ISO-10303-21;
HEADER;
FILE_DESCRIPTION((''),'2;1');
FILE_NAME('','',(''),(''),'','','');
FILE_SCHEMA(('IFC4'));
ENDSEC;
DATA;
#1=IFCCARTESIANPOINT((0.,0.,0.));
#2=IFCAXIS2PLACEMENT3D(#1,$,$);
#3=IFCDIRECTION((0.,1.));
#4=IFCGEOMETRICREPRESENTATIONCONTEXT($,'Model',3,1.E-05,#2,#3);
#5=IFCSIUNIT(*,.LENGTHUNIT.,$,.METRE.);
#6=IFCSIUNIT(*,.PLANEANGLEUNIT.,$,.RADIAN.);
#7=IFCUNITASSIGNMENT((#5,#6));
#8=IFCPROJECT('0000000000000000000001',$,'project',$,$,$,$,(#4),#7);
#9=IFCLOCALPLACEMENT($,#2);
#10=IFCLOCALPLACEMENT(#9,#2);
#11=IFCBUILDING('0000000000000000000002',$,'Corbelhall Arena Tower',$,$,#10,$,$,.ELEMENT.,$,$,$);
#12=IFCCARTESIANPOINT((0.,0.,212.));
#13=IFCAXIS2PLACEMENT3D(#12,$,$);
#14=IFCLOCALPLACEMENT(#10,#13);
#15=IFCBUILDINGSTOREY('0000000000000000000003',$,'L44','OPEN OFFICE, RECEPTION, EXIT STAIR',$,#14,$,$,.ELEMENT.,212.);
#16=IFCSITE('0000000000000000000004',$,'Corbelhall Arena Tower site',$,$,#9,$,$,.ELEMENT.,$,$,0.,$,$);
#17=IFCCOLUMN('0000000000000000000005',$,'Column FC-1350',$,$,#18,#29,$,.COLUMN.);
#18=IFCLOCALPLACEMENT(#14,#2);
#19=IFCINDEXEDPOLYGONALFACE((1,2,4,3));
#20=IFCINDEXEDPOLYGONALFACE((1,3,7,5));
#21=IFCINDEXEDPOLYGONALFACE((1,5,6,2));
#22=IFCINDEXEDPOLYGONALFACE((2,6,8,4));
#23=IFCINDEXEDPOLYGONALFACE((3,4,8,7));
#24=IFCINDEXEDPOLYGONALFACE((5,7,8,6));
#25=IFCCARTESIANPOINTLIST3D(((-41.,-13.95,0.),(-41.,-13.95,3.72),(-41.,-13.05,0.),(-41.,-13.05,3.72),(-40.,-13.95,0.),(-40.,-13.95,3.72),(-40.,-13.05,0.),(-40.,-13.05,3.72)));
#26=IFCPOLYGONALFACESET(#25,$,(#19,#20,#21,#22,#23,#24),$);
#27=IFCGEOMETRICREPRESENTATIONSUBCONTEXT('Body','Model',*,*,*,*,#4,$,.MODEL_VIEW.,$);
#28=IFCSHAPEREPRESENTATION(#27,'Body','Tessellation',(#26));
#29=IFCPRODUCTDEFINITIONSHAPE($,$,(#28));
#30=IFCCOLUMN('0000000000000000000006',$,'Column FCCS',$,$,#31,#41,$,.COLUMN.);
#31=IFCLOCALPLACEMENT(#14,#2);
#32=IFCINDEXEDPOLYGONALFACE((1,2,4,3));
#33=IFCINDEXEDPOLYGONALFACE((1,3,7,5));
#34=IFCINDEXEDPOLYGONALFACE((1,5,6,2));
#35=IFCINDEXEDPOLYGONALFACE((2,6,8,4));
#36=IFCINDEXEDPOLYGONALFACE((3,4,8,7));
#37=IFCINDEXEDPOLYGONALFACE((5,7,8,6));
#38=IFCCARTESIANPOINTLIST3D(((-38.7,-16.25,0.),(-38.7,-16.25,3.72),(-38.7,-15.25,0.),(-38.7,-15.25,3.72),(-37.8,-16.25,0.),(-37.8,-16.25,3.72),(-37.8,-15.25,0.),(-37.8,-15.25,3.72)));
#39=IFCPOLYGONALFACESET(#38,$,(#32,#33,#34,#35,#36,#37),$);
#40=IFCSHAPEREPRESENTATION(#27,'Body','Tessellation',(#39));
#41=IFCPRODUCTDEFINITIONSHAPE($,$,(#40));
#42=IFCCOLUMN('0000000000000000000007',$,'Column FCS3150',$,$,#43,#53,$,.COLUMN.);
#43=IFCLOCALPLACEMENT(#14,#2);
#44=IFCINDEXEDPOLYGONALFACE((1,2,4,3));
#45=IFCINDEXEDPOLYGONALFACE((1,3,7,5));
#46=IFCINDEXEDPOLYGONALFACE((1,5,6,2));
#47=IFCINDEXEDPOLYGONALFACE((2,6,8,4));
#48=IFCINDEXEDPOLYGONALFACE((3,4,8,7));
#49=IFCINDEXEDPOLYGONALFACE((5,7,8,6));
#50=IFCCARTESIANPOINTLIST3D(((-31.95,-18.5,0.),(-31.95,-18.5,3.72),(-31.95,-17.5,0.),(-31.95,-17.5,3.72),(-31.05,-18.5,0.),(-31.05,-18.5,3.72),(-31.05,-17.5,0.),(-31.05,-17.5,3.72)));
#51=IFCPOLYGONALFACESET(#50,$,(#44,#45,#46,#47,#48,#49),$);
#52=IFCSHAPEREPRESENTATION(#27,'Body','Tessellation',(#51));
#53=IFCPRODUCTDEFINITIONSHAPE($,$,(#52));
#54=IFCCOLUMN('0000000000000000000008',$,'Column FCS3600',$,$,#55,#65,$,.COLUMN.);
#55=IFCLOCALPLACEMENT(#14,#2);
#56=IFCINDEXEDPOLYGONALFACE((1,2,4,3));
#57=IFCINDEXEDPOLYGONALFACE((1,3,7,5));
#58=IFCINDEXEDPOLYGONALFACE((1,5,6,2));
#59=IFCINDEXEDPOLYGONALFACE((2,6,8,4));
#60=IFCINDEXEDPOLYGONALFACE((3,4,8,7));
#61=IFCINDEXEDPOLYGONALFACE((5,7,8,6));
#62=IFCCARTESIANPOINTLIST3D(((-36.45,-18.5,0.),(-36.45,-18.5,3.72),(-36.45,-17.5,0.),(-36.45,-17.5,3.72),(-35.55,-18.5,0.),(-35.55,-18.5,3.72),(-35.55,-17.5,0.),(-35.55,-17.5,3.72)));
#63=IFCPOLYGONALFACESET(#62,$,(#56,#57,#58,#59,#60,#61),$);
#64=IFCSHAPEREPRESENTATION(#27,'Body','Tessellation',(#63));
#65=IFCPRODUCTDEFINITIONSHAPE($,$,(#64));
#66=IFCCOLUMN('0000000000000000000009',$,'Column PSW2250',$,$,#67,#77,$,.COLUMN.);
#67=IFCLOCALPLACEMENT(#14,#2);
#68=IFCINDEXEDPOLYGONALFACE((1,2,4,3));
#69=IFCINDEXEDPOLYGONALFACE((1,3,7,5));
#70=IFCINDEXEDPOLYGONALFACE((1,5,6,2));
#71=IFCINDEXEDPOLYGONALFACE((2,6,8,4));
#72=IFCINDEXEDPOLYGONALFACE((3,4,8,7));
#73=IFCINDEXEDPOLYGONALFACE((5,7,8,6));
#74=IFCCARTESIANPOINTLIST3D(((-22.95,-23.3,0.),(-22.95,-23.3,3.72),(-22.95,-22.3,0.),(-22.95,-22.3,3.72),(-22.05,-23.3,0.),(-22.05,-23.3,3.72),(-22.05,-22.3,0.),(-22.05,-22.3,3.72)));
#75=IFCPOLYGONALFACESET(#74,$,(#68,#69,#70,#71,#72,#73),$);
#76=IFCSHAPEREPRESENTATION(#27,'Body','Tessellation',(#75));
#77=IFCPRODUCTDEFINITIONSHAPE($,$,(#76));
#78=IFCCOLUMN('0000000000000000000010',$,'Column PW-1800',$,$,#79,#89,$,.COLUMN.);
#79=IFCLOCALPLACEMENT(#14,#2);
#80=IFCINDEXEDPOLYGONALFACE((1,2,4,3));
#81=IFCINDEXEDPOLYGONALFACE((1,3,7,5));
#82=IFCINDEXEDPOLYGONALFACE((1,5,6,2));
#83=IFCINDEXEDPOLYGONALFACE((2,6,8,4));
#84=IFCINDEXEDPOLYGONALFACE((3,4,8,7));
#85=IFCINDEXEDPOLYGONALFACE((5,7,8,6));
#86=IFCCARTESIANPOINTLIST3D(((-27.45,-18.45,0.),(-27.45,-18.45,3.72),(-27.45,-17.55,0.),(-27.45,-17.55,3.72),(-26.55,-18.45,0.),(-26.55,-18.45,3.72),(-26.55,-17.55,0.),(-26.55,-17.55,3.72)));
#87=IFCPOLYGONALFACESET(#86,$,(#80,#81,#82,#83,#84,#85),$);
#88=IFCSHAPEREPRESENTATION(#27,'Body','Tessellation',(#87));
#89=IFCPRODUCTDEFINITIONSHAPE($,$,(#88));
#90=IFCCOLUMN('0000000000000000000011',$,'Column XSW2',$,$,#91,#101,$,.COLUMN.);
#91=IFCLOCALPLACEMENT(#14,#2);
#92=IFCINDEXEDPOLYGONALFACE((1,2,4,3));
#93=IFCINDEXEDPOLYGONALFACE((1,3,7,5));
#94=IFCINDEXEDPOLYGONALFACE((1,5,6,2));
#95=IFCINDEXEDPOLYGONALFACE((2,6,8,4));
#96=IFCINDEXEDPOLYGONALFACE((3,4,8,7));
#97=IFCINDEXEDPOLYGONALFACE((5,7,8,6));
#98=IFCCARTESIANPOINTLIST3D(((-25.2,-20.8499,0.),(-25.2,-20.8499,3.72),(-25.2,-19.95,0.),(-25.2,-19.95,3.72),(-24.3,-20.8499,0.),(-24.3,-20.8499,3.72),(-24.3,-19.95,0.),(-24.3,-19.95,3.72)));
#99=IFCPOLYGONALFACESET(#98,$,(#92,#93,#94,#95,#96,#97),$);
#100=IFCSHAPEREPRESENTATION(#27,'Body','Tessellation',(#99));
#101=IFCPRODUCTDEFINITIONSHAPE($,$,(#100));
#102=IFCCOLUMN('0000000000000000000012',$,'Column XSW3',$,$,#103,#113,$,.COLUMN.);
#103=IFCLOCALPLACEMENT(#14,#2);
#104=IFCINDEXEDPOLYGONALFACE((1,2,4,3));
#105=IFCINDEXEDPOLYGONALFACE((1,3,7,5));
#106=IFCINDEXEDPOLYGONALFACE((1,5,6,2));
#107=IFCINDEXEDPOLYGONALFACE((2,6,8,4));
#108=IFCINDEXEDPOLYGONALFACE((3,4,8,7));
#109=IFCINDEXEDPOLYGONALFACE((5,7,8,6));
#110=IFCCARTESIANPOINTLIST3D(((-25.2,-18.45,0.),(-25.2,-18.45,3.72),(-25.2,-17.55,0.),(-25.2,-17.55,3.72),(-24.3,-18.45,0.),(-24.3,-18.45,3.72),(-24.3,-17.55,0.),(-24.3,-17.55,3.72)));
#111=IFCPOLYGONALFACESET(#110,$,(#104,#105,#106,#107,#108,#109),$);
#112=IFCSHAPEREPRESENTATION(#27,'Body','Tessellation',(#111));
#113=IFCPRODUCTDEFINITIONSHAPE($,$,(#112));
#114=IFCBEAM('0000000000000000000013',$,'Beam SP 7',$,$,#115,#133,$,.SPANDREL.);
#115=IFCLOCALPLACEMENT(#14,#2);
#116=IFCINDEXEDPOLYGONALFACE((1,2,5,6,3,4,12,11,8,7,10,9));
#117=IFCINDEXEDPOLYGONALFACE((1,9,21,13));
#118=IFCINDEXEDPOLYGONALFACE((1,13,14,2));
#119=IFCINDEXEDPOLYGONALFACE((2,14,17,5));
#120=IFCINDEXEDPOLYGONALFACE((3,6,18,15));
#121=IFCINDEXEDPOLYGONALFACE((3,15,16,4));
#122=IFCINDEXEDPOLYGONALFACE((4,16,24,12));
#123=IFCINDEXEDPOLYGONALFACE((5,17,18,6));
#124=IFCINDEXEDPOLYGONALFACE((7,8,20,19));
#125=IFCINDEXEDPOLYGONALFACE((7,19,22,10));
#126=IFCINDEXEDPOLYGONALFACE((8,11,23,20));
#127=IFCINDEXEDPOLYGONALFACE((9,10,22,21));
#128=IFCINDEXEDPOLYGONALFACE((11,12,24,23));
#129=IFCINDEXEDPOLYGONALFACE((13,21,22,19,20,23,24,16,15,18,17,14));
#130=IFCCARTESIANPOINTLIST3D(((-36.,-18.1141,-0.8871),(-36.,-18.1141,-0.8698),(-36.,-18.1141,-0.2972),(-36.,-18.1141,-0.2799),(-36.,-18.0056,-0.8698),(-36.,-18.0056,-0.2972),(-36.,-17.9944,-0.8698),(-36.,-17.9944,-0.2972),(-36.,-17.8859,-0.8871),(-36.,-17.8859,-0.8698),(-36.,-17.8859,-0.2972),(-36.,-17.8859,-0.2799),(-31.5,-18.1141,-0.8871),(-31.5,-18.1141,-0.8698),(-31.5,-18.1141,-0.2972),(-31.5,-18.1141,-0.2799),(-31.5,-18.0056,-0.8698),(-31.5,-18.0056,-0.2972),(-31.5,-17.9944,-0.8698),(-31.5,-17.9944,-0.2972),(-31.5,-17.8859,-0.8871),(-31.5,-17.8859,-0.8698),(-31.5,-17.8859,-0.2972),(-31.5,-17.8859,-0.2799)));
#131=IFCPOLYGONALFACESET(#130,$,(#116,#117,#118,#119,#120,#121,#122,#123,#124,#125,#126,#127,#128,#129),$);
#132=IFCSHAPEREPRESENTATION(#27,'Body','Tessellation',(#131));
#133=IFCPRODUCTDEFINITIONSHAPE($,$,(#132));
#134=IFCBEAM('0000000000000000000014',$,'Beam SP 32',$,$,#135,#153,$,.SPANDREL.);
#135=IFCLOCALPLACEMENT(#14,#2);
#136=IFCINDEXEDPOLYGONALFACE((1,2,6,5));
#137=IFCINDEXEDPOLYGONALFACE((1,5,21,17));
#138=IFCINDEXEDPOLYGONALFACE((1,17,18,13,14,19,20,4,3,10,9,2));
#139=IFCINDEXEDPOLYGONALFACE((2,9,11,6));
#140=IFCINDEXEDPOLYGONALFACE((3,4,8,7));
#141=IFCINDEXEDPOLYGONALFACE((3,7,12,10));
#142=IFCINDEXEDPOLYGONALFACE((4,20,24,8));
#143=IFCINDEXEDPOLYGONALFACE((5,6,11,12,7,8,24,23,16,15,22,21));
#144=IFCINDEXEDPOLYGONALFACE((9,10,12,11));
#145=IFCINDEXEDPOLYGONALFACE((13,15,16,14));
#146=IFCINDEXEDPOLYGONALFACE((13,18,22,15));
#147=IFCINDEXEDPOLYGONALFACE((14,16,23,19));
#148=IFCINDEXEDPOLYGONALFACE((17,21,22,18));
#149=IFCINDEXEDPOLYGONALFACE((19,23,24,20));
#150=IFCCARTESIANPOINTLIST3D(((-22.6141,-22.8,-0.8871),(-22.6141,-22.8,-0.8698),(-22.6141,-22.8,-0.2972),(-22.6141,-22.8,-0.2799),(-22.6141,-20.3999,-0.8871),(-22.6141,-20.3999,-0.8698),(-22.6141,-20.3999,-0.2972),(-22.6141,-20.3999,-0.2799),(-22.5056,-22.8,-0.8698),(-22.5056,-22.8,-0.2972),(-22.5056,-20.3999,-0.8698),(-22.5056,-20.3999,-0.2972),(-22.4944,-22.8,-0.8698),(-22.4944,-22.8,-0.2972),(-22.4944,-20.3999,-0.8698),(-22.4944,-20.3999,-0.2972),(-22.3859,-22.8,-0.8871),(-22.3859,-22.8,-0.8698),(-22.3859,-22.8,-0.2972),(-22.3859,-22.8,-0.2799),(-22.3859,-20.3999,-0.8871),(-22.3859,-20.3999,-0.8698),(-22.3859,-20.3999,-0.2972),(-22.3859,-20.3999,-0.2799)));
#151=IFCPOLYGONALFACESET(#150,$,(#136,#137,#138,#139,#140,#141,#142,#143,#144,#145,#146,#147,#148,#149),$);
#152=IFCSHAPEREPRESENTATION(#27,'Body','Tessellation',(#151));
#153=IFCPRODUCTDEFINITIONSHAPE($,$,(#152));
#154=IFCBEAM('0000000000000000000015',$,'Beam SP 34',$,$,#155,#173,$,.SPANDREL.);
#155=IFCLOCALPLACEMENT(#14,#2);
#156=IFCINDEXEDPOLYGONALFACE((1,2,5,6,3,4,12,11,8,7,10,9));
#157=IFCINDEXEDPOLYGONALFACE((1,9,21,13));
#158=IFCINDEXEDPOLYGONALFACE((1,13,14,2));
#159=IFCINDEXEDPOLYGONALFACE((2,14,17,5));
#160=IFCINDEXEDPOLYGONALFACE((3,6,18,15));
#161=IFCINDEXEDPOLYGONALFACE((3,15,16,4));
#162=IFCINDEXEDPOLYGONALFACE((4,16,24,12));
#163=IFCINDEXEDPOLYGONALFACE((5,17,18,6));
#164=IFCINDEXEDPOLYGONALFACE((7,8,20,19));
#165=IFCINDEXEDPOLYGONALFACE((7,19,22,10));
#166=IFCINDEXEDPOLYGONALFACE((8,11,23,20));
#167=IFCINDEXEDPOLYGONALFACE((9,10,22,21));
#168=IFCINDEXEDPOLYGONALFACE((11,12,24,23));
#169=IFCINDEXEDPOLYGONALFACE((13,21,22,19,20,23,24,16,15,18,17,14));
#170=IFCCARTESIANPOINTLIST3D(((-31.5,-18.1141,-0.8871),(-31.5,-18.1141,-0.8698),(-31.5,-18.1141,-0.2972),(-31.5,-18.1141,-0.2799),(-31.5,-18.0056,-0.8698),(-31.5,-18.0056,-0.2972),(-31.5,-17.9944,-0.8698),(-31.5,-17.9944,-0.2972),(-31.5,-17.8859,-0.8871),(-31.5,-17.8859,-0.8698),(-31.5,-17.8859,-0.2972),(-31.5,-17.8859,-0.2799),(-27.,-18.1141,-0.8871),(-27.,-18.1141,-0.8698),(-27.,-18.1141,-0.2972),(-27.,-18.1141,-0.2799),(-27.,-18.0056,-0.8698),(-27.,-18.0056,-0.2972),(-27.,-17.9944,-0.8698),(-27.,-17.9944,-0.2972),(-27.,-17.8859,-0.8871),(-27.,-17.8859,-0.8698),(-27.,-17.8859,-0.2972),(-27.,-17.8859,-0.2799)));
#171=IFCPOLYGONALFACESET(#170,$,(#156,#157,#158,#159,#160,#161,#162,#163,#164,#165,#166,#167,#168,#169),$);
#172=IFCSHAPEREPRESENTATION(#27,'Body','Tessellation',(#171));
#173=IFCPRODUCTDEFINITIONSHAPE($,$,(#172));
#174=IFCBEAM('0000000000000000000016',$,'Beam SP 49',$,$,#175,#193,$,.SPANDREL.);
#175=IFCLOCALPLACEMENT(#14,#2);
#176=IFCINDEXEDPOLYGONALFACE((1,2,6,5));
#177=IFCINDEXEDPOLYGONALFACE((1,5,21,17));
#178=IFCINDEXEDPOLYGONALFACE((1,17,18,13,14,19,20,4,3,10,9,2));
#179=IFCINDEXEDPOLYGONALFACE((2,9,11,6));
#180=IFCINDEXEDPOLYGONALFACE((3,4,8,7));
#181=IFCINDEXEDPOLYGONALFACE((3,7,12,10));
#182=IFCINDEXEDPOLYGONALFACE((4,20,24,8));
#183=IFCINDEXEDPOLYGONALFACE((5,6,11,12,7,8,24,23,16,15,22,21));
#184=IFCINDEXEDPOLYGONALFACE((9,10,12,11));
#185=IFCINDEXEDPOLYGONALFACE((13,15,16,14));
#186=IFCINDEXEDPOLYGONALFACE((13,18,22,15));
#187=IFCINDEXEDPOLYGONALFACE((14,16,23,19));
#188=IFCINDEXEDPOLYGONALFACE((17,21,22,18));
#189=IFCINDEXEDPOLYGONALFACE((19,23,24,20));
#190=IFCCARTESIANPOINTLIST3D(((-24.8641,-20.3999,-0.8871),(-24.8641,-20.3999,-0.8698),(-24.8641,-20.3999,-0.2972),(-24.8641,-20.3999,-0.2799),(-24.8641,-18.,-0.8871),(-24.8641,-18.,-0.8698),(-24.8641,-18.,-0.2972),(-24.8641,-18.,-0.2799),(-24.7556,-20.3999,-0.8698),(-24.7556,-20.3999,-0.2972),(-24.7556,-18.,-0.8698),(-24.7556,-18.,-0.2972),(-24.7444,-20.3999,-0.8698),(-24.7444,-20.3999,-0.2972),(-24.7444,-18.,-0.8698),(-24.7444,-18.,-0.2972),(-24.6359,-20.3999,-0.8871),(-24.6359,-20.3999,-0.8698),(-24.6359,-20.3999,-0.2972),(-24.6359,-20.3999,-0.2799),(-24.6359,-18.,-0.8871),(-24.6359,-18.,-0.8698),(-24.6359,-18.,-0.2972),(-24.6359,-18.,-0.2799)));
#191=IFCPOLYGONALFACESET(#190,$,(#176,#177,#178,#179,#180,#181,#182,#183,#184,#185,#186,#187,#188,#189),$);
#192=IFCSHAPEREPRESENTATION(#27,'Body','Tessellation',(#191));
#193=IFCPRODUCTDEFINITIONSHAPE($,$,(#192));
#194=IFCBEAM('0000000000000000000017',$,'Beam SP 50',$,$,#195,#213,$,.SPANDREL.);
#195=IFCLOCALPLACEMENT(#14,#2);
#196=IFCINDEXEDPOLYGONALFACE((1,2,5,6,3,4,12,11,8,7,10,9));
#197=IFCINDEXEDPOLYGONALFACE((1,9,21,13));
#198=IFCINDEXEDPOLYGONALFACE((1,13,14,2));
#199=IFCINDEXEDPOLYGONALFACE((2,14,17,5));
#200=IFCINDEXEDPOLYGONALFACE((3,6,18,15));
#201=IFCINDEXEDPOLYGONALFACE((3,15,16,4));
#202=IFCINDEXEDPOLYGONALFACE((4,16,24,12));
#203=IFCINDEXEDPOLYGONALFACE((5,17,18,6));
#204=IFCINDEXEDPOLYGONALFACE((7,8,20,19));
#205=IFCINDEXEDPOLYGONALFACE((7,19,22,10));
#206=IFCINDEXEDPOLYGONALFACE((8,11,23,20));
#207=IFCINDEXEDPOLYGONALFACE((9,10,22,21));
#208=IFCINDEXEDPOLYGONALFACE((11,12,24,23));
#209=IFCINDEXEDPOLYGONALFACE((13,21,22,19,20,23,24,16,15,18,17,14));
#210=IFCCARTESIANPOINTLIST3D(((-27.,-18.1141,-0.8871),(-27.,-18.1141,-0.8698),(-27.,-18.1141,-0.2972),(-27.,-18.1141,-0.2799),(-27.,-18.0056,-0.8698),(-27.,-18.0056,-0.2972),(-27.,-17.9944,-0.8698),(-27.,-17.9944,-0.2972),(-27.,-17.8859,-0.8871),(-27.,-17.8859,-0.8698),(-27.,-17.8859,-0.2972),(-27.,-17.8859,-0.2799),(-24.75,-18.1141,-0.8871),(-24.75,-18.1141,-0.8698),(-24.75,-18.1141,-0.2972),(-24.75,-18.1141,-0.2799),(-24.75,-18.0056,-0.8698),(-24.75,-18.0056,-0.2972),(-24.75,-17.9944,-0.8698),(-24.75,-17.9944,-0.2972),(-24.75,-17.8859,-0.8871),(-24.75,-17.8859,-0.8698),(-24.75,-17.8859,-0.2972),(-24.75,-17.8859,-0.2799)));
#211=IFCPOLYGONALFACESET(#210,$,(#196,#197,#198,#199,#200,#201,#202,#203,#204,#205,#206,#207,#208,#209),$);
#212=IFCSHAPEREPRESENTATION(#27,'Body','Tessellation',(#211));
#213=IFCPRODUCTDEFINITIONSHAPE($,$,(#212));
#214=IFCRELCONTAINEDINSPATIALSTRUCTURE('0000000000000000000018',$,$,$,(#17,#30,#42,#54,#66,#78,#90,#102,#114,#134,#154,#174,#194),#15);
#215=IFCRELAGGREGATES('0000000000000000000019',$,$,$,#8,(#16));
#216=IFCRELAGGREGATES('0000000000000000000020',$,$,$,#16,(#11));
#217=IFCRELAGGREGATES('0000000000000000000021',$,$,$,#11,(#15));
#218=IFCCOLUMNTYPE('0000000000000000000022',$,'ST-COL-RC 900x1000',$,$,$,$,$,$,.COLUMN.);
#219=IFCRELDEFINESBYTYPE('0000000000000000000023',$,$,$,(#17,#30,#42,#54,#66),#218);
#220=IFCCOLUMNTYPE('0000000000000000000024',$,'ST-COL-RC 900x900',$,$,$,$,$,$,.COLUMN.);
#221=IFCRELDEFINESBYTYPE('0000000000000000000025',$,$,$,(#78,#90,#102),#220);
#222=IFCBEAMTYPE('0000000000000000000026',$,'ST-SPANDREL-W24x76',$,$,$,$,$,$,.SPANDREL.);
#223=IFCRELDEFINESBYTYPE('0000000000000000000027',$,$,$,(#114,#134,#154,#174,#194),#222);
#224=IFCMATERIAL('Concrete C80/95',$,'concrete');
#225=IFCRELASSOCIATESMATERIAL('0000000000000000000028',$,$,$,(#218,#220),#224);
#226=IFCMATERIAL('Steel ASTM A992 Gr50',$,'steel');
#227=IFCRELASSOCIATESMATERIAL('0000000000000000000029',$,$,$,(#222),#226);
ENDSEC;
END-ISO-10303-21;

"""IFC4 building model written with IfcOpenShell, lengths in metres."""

from ifc_helpers import new_model, si_unit, direction, frame, origin, origin_2d, place, context, subcontext, project, spatial, rectangle, i_section, extrude, material, material_profile, profile_set, type_object, element, save


model = new_model("IFC4")

# Units and contexts
model_context = context("Model", 3, precision=1e-05, world=origin(), true_north=direction((0.0, 1.0)))
body_context = subcontext(model_context, "Body", "Model", "MODEL_VIEW")
ifc_project = project(units=[si_unit("LENGTHUNIT", "METRE"), si_unit("PLANEANGLEUNIT", "RADIAN")], contexts=[model_context])

# Site, building, storey
site_placement = place(None, origin())
site = spatial("IfcSite", under=ifc_project, at=site_placement, Name="Corbelhall Arena Tower site", CompositionType="ELEMENT", RefElevation=0.0)
building_placement = place(site_placement, origin())
building = spatial("IfcBuilding", under=site, at=building_placement, Name="Corbelhall Arena Tower", CompositionType="ELEMENT")
storey_placement = place(building_placement, frame((0.0, 0.0, 212.0)))
storey = spatial("IfcBuildingStorey", under=building, at=storey_placement, Name="L44", Description="OPEN OFFICE, RECEPTION, EXIT STAIR", CompositionType="ELEMENT", Elevation=212.0)

# Columns
ifc_material_1 = material(Name="Concrete C80/95", Category="concrete")
ifc_material_profile_1 = material_profile(ifc_material_1, rectangle(XDim=0.8999, YDim=1.0, at=origin_2d()))
ifc_profile_set_1 = profile_set([ifc_material_profile_1], Name="Concrete C80/95")
column_type_1 = type_object("IfcColumnType", Name="ST-COL-RC 900x1000", PredefinedType="COLUMN", material=ifc_profile_set_1)
for number, where, z_axis, x_axis, name in (
    (1, (-40.5, -13.5, 0.0), (0.0, 0.0, 1.0), (0.0, 1.0, 0.0), "Column FC-1350"),
    (2, (-38.25, -15.75, 0.0), (0.0, 0.0, 1.0), (1.0, 0.0, 0.0), "Column FCCS"),
    (3, (-31.5, -18.0, 0.0), (0.0, 0.0, 1.0), (1.0, 0.0, 0.0), "Column FCS3150"),
    (4, (-36.0, -18.0, 0.0), (0.0, 0.0, 1.0), (1.0, 0.0, 0.0), "Column FCS3600"),
    (5, (-22.5, -22.8, 0.0), (0.0, 0.0, 1.0), (1.0, 0.0, 0.0), "Column PSW2250"),
):
    element("IfcColumn", number, at=place(storey_placement, frame(where, z_axis=z_axis, x_axis=x_axis)), inside=storey, type_object=column_type_1, Name=name, PredefinedType="COLUMN", context=body_context, shape_type="SweptSolid", body=[
        extrude(rectangle(XDim=0.8999, YDim=1.0, at=origin_2d()), origin(), (0.0, 0.0, 1.0), 3.72),
    ])
ifc_material_profile_2 = material_profile(ifc_material_1, rectangle(XDim=0.8999, YDim=0.8999, at=origin_2d()))
ifc_profile_set_2 = profile_set([ifc_material_profile_2], Name="Concrete C80/95")
column_type_2 = type_object("IfcColumnType", Name="ST-COL-RC 900x900", PredefinedType="COLUMN", material=ifc_profile_set_2)
for number, where, z_axis, x_axis, name in (
    (6, (-27.0, -18.0, 0.0), (0.0, 0.0, 1.0), (1.0, 0.0, 0.0), "Column PW-1800"),
    (7, (-24.75, -20.3999, 0.0), (0.0, 0.0, 1.0), (1.0, 0.0, 0.0), "Column XSW2"),
    (8, (-24.75, -18.0, 0.0), (0.0, 0.0, 1.0), (1.0, 0.0, 0.0), "Column XSW3"),
):
    element("IfcColumn", number, at=place(storey_placement, frame(where, z_axis=z_axis, x_axis=x_axis)), inside=storey, type_object=column_type_2, Name=name, PredefinedType="COLUMN", context=body_context, shape_type="SweptSolid", body=[
        extrude(rectangle(XDim=0.8999, YDim=0.8999, at=origin_2d()), origin(), (0.0, 0.0, 1.0), 3.72),
    ])

# Beams
ifc_material_2 = material(Name="Steel ASTM A992 Gr50", Category="steel")
ifc_material_profile_3 = material_profile(ifc_material_2, i_section(OverallWidth=0.2283, OverallDepth=0.6072, WebThickness=0.0112, FlangeThickness=0.0173, at=origin_2d()))
ifc_profile_set_3 = profile_set([ifc_material_profile_3], Name="Steel ASTM A992 Gr50")
beam_type = type_object("IfcBeamType", Name="ST-SPANDREL-W24x76", PredefinedType="SPANDREL", material=ifc_profile_set_3)
beam_1_placement = place(storey_placement, frame((-31.5, -18.0, -0.5835), z_axis=(-1.0, 0.0, 0.0), x_axis=(0.0, -1.0, 0.0)))
element("IfcBeam", 9, at=beam_1_placement, inside=storey, type_object=beam_type, Name="Beam SP 7", PredefinedType="SPANDREL", context=body_context, shape_type="SweptSolid", body=[
    extrude(i_section(OverallWidth=0.2283, OverallDepth=0.6072, WebThickness=0.0112, FlangeThickness=0.0173, at=origin_2d()), origin(), (0.0, 0.0, 1.0), 4.5),
])
beam_2_placement = place(storey_placement, frame((-22.5, -22.8, -0.5835), z_axis=(0.0, 1.0, 0.0), x_axis=(-1.0, 0.0, 0.0)))
element("IfcBeam", 10, at=beam_2_placement, inside=storey, type_object=beam_type, Name="Beam SP 32", PredefinedType="SPANDREL", context=body_context, shape_type="SweptSolid", body=[
    extrude(i_section(OverallWidth=0.2283, OverallDepth=0.6072, WebThickness=0.0112, FlangeThickness=0.0173, at=origin_2d()), origin(), (0.0, 0.0, 1.0), 2.4001),
])
beam_3_placement = place(storey_placement, frame((-27.0, -18.0, -0.5835), z_axis=(-1.0, 0.0, 0.0), x_axis=(0.0, -1.0, 0.0)))
element("IfcBeam", 11, at=beam_3_placement, inside=storey, type_object=beam_type, Name="Beam SP 34", PredefinedType="SPANDREL", context=body_context, shape_type="SweptSolid", body=[
    extrude(i_section(OverallWidth=0.2283, OverallDepth=0.6072, WebThickness=0.0112, FlangeThickness=0.0173, at=origin_2d()), origin(), (0.0, 0.0, 1.0), 4.5),
])
beam_4_placement = place(storey_placement, frame((-24.75, -20.3999, -0.5835), z_axis=(0.0, 1.0, 0.0), x_axis=(-1.0, 0.0, 0.0)))
element("IfcBeam", 12, at=beam_4_placement, inside=storey, type_object=beam_type, Name="Beam SP 49", PredefinedType="SPANDREL", context=body_context, shape_type="SweptSolid", body=[
    extrude(i_section(OverallWidth=0.2283, OverallDepth=0.6072, WebThickness=0.0112, FlangeThickness=0.0173, at=origin_2d()), origin(), (0.0, 0.0, 1.0), 2.3999),
])
beam_5_placement = place(storey_placement, frame((-24.75, -18.0, -0.5835), z_axis=(-1.0, 0.0, 0.0), x_axis=(0.0, -1.0, 0.0)))
element("IfcBeam", 13, at=beam_5_placement, inside=storey, type_object=beam_type, Name="Beam SP 50", PredefinedType="SPANDREL", context=body_context, shape_type="SweptSolid", body=[
    extrude(i_section(OverallWidth=0.2283, OverallDepth=0.6072, WebThickness=0.0112, FlangeThickness=0.0173, at=origin_2d()), origin(), (0.0, 0.0, 1.0), 2.25),
])

save(model, "model.ifc")
